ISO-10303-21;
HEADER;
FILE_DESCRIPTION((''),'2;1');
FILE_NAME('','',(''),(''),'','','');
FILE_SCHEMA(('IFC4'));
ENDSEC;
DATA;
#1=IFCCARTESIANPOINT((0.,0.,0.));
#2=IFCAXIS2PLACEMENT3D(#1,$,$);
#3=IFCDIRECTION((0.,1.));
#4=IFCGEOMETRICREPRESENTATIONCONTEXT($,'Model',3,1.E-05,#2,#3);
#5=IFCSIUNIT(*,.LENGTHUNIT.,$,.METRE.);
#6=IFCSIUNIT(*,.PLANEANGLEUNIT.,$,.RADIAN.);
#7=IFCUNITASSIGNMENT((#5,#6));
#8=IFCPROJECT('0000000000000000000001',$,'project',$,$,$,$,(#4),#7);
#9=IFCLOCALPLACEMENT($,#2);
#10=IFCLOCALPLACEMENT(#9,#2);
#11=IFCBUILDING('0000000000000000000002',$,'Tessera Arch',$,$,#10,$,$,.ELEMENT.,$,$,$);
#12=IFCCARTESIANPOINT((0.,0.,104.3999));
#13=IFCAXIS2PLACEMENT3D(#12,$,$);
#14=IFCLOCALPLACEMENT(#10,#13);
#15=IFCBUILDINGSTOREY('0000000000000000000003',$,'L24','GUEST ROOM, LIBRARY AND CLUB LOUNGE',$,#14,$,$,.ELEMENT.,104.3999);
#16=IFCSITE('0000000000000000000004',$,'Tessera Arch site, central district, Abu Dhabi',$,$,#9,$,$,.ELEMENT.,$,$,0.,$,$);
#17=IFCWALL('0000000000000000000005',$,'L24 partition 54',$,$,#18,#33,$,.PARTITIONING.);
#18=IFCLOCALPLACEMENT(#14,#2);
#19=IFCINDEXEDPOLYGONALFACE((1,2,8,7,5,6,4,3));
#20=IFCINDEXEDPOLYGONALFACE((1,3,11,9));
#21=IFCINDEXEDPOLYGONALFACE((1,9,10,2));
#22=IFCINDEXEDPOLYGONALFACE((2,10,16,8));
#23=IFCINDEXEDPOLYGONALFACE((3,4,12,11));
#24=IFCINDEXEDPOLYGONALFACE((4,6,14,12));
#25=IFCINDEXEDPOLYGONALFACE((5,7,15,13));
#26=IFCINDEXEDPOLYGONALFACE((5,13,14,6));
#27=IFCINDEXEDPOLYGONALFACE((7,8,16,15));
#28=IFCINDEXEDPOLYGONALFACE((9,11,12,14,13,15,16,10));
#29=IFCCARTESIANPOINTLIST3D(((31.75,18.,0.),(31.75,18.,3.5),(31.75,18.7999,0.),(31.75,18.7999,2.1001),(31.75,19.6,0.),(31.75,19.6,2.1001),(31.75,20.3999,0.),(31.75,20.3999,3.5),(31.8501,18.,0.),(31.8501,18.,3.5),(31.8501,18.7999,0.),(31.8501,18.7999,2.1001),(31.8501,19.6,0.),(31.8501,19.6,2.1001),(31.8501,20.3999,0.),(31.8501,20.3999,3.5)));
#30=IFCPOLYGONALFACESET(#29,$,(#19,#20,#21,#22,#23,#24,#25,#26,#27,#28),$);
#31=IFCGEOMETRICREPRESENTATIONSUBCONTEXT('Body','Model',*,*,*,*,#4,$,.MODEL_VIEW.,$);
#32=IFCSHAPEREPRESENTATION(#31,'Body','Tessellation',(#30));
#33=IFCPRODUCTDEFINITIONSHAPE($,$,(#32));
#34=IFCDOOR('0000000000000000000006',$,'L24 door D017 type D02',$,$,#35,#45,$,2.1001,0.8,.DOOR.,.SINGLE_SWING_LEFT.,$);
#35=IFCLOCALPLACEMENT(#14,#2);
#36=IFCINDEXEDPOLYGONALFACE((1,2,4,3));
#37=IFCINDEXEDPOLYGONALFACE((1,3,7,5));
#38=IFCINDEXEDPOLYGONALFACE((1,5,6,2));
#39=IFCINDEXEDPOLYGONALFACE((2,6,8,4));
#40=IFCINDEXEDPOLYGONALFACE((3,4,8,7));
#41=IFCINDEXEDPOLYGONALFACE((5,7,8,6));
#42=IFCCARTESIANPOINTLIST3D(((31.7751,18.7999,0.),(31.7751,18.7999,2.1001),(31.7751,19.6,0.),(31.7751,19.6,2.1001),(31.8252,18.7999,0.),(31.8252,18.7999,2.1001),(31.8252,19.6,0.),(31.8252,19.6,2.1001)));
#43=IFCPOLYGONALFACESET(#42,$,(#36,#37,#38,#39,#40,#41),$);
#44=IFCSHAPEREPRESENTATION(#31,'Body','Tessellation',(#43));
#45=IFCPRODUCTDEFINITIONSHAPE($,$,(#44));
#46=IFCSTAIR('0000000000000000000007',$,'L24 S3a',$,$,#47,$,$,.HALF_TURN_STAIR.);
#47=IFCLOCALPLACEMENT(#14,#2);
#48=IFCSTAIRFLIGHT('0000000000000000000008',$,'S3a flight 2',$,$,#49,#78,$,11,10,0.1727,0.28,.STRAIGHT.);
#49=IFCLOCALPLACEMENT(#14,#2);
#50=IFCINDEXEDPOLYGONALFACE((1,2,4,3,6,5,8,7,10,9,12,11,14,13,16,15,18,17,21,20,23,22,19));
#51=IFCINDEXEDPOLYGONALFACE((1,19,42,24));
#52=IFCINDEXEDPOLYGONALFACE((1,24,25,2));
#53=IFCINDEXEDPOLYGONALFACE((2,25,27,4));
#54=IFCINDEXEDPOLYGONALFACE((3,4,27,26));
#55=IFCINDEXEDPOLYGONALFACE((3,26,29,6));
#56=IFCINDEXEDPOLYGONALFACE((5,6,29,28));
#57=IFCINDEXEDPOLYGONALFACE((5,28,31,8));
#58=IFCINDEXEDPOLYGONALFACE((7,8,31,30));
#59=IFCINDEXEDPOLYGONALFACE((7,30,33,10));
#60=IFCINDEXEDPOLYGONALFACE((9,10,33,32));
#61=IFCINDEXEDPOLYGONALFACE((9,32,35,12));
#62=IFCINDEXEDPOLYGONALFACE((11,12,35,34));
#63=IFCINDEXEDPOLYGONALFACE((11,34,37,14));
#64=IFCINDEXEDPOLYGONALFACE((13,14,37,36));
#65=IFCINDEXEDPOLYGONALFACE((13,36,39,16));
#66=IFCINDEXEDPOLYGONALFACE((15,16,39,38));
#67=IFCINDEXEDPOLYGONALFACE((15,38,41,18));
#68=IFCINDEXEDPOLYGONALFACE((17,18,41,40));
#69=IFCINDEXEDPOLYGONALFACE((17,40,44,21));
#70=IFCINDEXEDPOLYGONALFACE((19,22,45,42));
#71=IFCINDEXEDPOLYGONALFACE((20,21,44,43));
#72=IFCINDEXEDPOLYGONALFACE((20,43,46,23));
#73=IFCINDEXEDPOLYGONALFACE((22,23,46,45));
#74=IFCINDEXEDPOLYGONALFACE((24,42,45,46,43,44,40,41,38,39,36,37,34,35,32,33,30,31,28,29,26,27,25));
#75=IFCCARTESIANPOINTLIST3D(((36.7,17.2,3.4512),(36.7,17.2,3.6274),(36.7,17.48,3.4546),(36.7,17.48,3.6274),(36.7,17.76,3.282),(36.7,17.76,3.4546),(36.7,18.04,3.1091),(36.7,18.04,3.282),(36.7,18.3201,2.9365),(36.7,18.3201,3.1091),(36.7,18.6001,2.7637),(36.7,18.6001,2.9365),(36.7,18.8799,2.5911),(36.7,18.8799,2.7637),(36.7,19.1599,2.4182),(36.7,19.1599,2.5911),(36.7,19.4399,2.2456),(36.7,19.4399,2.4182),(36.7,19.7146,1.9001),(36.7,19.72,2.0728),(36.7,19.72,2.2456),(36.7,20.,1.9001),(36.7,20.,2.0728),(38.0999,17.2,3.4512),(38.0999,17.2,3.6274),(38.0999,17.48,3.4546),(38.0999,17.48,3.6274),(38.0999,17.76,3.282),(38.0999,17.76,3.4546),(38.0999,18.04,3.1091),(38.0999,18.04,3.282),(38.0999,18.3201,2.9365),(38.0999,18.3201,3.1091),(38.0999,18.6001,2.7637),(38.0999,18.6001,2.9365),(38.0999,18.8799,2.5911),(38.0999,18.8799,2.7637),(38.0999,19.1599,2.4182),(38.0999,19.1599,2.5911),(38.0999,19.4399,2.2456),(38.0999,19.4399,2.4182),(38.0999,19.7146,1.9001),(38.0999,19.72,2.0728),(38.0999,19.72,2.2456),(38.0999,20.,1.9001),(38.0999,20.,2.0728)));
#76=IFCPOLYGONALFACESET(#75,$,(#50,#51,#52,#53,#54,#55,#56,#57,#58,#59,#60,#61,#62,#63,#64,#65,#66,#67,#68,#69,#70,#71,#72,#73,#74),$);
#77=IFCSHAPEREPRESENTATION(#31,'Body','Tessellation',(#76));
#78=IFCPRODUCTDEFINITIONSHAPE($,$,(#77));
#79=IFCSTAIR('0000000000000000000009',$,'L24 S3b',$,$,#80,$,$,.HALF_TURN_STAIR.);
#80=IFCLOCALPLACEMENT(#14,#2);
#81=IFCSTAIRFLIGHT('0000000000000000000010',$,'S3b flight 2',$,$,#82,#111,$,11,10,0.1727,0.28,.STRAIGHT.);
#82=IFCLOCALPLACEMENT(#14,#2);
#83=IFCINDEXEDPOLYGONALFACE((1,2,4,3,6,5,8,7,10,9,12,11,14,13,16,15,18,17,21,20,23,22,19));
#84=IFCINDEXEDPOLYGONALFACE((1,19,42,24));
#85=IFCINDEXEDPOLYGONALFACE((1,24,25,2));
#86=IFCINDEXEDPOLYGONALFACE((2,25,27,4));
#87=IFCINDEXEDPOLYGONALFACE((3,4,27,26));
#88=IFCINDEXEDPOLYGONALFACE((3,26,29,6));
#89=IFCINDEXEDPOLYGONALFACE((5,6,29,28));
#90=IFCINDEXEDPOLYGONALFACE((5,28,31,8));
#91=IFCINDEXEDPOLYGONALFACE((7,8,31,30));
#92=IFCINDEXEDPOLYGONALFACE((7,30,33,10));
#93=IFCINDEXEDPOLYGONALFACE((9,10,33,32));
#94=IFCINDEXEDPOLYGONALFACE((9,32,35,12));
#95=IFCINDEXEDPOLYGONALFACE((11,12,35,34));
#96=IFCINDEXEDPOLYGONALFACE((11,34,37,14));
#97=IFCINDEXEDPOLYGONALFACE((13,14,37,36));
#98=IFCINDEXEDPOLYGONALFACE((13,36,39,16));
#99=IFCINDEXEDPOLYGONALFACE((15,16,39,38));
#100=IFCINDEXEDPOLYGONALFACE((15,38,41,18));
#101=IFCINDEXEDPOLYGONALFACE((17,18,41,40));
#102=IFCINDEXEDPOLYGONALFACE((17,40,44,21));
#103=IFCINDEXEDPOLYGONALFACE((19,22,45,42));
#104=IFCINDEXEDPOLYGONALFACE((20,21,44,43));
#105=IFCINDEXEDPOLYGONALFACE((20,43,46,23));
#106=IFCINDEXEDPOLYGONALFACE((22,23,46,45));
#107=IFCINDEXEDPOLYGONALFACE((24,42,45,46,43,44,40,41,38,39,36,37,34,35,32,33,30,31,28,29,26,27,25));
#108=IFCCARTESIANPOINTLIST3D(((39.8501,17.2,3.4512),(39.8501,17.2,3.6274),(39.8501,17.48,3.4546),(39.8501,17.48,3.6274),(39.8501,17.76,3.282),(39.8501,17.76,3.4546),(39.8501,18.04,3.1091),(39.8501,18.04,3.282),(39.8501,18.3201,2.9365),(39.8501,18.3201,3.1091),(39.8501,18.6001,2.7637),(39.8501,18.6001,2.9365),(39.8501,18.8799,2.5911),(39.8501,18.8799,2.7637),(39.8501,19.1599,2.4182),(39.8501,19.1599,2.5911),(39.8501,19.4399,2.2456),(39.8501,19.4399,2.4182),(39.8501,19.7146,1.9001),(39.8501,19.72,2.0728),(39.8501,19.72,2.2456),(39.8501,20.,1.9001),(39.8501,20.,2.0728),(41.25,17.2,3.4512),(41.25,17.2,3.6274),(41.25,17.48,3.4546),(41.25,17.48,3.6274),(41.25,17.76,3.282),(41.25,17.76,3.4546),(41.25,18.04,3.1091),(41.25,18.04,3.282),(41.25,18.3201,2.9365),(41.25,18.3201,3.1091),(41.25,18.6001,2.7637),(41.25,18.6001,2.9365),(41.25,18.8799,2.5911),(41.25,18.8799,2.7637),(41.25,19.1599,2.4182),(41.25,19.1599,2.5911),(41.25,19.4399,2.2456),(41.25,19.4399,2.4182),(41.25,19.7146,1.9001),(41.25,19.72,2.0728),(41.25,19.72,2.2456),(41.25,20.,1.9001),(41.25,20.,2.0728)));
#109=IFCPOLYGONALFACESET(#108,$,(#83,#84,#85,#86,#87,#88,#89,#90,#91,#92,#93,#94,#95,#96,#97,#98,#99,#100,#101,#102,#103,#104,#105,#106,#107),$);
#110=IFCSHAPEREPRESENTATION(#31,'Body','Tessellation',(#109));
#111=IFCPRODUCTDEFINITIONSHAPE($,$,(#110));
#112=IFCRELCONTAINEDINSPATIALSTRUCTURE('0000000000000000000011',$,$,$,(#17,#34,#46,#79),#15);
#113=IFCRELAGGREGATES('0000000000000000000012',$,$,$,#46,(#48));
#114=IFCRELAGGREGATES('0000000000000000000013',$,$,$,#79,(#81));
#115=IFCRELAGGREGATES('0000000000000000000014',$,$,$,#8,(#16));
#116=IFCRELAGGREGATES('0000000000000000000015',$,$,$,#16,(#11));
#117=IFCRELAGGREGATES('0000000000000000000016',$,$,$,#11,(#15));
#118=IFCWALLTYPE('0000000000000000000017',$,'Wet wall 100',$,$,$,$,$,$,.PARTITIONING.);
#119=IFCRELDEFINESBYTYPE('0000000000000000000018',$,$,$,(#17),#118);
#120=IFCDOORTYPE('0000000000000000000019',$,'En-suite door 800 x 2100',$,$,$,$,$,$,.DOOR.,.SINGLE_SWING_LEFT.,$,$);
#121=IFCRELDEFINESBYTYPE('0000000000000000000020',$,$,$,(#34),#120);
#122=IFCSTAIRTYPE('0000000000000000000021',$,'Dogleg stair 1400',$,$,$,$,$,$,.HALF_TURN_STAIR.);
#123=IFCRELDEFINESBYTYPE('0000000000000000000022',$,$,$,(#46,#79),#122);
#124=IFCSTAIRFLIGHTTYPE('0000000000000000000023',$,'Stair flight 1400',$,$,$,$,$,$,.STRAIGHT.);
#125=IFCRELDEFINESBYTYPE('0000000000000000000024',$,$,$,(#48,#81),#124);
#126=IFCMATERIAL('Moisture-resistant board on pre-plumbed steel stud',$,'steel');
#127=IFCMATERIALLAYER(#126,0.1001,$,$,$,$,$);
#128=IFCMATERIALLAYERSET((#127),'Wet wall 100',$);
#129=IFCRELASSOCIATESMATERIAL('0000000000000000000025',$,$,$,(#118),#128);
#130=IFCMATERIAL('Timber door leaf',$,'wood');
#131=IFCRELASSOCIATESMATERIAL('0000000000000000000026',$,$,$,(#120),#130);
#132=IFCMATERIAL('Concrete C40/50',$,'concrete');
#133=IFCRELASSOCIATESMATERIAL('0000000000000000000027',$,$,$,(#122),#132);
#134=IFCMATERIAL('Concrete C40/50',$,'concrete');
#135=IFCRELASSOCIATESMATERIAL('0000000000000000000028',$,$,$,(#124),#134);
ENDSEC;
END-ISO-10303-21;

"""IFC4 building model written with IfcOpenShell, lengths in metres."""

from ifc_helpers import new_model, si_unit, direction, frame, frame_2d, origin, place, context, subcontext, project, spatial, polyline, rectangle, outline, extrude, material, layer, layer_set, type_object, element, fill, aggregate, save


model = new_model("IFC4")

# Units and contexts
model_context = context("Model", 3, precision=1e-05, world=origin(), true_north=direction((0.0, 1.0)))
body_context = subcontext(model_context, "Body", "Model", "MODEL_VIEW")
ifc_project = project(units=[si_unit("LENGTHUNIT", "METRE"), si_unit("PLANEANGLEUNIT", "RADIAN")], contexts=[model_context])

# Site, building, storey
site_placement = place(None, origin())
site = spatial("IfcSite", under=ifc_project, at=site_placement, Name="Tessera Arch site, central district, Abu Dhabi", CompositionType="ELEMENT", RefElevation=0.0)
building_placement = place(site_placement, origin())
building = spatial("IfcBuilding", under=site, at=building_placement, Name="Tessera Arch", CompositionType="ELEMENT")
storey_placement = place(building_placement, frame((0.0, 0.0, 104.3999)))
storey = spatial("IfcBuildingStorey", under=building, at=storey_placement, Name="L24", Description="GUEST ROOM, LIBRARY AND CLUB LOUNGE", CompositionType="ELEMENT", Elevation=104.3999)

# Shared definitions
ifc_material_1 = material(Name="Moisture-resistant board on pre-plumbed steel stud", Category="steel")
ifc_layer_1 = layer(ifc_material_1, 0.1001)
ifc_layer_set_1 = layer_set([ifc_layer_1], Name="Wet wall 100")
wall_type_1 = type_object("IfcWallType", Name="Wet wall 100", PredefinedType="PARTITIONING", material=ifc_layer_set_1)

# Wall, opening, door
wall_1_placement = place(storey_placement, frame((31.8, 18.0, 0.0), z_axis=(0.0, 0.0, 1.0), x_axis=(0.0, 1.0, 0.0)))
wall_1 = element("IfcWall", 1, at=wall_1_placement, inside=storey, type_object=wall_type_1, Name="L24 partition 54", PredefinedType="PARTITIONING", context=body_context, shape_type="SweptSolid", body=[
    extrude(rectangle(XDim=2.3999, YDim=0.1001, at=frame_2d((1.2, 0.0))), origin(), (0.0, 0.0, 1.0), 3.5),
])
opening_1_placement = place(wall_1_placement, frame((0.8, 0.0, 0.0)))
opening_1 = element("IfcOpeningElement", 2, at=opening_1_placement, cuts=wall_1, PredefinedType="OPENING", context=body_context, shape_type="SweptSolid", body=[
    extrude(rectangle(XDim=0.8, YDim=2.1001, at=frame_2d((0.3999, 1.05))), frame((0.0, 0.0601, 0.0), z_axis=(0.0, -1.0, 0.0), x_axis=(1.0, 0.0, 0.0)), (0.0, 0.0, 1.0), 0.1201),
])
ifc_material_2 = material(Name="Timber door leaf", Category="wood")
door_type_1 = type_object("IfcDoorType", Name="En-suite door 800 x 2100", OperationType="SINGLE_SWING_LEFT", PredefinedType="DOOR", material=ifc_material_2)
door_1_placement = place(opening_1_placement, origin())
door_1 = element("IfcDoor", 3, at=door_1_placement, inside=storey, type_object=door_type_1, Name="L24 door D017 type D02", OperationType="SINGLE_SWING_LEFT", OverallHeight=2.1001, OverallWidth=0.8, PredefinedType="DOOR", context=body_context, shape_type="SweptSolid", body=[
    extrude(rectangle(XDim=0.8, YDim=2.1001, at=frame_2d((0.3999, 1.05))), frame((0.0, 0.0249, 0.0), z_axis=(0.0, -1.0, 0.0), x_axis=(1.0, 0.0, 0.0)), (0.0, 0.0, 1.0), 0.05),
])
fill(opening_1, door_1)

# Stairs, stair flights
ifc_material_3 = material(Name="Concrete C40/50", Category="concrete")
stair_type = type_object("IfcStairType", Name="Dogleg stair 1400", PredefinedType="HALF_TURN_STAIR", material=ifc_material_3)
stair_1_placement = place(storey_placement, origin())
stair_1 = element("IfcStair", 4, at=stair_1_placement, inside=storey, type_object=stair_type, Name="L24 S3a", PredefinedType="HALF_TURN_STAIR")
ifc_material_4 = material(Name="Concrete C40/50", Category="concrete")
stair_flight_type = type_object("IfcStairFlightType", Name="Stair flight 1400", PredefinedType="STRAIGHT", material=ifc_material_4)
stair_flight_1_placement = place(storey_placement, frame((37.3999, 20.0, 1.9001), z_axis=(0.0, 0.0, 1.0), x_axis=(0.0, -1.0, 0.0)))
stair_flight_1 = element("IfcStairFlight", 5, at=stair_flight_1_placement, type_object=stair_flight_type, Name="S3a flight 2", NumberOfRisers=11, NumberOfTreads=10, PredefinedType="STRAIGHT", RiserHeight=0.1727, TreadLength=0.28, context=body_context, shape_type="SweptSolid", body=[
    extrude(outline(polyline([(0.0, 0.0), (0.0, 0.1726), (0.28, 0.1726), (0.28, 0.3455), (0.5601, 0.3455), (0.5601, 0.5181), (0.8401, 0.5181), (0.8401, 0.6909), (1.1201, 0.6909), (1.1201, 0.8635), (1.3999, 0.8635), (1.3999, 1.0364), (1.6799, 1.0364), (1.6799, 1.209), (1.96, 1.209), (1.96, 1.3818), (2.24, 1.3818), (2.24, 1.5544), (2.52, 1.5544), (2.52, 1.7273), (2.8, 1.7273), (2.8, 1.8999), (2.8, 1.551), (0.2854, 0.0), (0.0, 0.0)])), frame((0.0, 0.7, 0.0), z_axis=(0.0, -1.0, 0.0), x_axis=(1.0, 0.0, 0.0)), (0.0, 0.0, 1.0), 1.3999),
])
aggregate(stair_1, [stair_flight_1])
stair_2_placement = place(storey_placement, origin())
stair_2 = element("IfcStair", 6, at=stair_2_placement, inside=storey, type_object=stair_type, Name="L24 S3b", PredefinedType="HALF_TURN_STAIR")
stair_flight_2_placement = place(storey_placement, frame((40.55, 20.0, 1.9001), z_axis=(0.0, 0.0, 1.0), x_axis=(0.0, -1.0, 0.0)))
stair_flight_2 = element("IfcStairFlight", 7, at=stair_flight_2_placement, type_object=stair_flight_type, Name="S3b flight 2", NumberOfRisers=11, NumberOfTreads=10, PredefinedType="STRAIGHT", RiserHeight=0.1727, TreadLength=0.28, context=body_context, shape_type="SweptSolid", body=[
    extrude(outline(polyline([(0.0, 0.0), (0.0, 0.1726), (0.28, 0.1726), (0.28, 0.3455), (0.5601, 0.3455), (0.5601, 0.5181), (0.8401, 0.5181), (0.8401, 0.6909), (1.1201, 0.6909), (1.1201, 0.8635), (1.3999, 0.8635), (1.3999, 1.0364), (1.6799, 1.0364), (1.6799, 1.209), (1.96, 1.209), (1.96, 1.3818), (2.24, 1.3818), (2.24, 1.5544), (2.52, 1.5544), (2.52, 1.7273), (2.8, 1.7273), (2.8, 1.8999), (2.8, 1.551), (0.2854, 0.0), (0.0, 0.0)])), frame((0.0, 0.7, 0.0), z_axis=(0.0, -1.0, 0.0), x_axis=(1.0, 0.0, 0.0)), (0.0, 0.0, 1.0), 1.3999),
])
aggregate(stair_2, [stair_flight_2])

save(model, "model.ifc")
